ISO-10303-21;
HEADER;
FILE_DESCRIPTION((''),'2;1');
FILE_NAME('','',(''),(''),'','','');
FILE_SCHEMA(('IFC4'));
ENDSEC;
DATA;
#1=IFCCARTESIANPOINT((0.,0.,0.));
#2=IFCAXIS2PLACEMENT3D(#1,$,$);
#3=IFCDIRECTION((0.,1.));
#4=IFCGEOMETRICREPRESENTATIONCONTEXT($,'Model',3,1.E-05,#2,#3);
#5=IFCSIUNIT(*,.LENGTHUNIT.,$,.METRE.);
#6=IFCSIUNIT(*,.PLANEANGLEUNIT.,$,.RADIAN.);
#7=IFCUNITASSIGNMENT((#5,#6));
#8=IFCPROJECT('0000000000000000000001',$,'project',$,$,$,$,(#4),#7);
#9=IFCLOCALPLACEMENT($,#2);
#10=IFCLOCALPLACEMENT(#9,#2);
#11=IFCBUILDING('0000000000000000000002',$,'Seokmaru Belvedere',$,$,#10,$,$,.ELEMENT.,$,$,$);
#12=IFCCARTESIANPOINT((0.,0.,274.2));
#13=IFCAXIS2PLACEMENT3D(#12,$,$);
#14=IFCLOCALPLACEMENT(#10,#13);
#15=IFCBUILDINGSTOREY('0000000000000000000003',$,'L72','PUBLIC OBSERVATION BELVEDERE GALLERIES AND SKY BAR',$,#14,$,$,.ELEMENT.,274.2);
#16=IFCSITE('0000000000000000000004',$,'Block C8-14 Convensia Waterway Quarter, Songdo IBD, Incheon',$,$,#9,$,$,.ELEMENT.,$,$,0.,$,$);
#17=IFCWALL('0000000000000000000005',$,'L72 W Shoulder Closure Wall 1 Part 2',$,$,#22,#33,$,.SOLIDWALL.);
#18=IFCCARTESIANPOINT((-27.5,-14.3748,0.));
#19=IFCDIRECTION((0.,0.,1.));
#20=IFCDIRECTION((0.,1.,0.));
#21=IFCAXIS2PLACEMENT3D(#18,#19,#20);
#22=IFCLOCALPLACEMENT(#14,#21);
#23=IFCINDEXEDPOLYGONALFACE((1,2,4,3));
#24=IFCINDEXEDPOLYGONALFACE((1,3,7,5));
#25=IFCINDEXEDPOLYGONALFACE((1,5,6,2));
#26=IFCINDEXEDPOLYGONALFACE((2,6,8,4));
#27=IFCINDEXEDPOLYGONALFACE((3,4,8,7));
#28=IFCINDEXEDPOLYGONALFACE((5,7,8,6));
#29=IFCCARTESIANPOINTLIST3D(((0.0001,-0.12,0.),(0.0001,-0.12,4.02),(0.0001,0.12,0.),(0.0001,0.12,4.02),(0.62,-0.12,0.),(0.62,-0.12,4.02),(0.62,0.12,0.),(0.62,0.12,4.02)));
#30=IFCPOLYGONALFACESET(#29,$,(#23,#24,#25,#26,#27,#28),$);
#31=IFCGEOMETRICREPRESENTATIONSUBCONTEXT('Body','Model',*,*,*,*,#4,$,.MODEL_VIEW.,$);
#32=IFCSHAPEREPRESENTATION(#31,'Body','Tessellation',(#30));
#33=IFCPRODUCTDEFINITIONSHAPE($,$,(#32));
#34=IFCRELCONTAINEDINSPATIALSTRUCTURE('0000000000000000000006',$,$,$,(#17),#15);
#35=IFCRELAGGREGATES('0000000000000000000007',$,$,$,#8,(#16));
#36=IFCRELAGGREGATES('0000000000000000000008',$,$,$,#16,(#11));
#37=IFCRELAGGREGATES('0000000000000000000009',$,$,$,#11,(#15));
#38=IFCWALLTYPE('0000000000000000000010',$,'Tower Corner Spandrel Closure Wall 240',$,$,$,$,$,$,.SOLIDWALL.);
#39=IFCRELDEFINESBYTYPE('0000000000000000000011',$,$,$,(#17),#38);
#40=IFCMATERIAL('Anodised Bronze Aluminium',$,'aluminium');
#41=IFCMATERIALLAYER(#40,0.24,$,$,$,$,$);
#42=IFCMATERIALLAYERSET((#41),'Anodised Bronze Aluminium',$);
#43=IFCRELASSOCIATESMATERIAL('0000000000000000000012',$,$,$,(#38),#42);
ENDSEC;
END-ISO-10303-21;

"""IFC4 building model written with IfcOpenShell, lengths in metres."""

from ifc_helpers import new_model, si_unit, direction, frame, frame_2d, origin, place, context, subcontext, project, spatial, rectangle, extrude, material, layer, layer_set, type_object, element, save


model = new_model("IFC4")

# Units and contexts
model_context = context("Model", 3, precision=1e-05, world=origin(), true_north=direction((0.0, 1.0)))
body_context = subcontext(model_context, "Body", "Model", "MODEL_VIEW")
ifc_project = project(units=[si_unit("LENGTHUNIT", "METRE"), si_unit("PLANEANGLEUNIT", "RADIAN")], contexts=[model_context])

# Site, building, storey
site_placement = place(None, origin())
site = spatial("IfcSite", under=ifc_project, at=site_placement, Name="Block C8-14 Convensia Waterway Quarter, Songdo IBD, Incheon", CompositionType="ELEMENT", RefElevation=0.0)
building_placement = place(site_placement, origin())
building = spatial("IfcBuilding", under=site, at=building_placement, Name="Seokmaru Belvedere", CompositionType="ELEMENT")
storey_placement = place(building_placement, frame((0.0, 0.0, 274.2)))
storey = spatial("IfcBuildingStorey", under=building, at=storey_placement, Name="L72", Description="PUBLIC OBSERVATION BELVEDERE GALLERIES AND SKY BAR", CompositionType="ELEMENT", Elevation=274.2)

# Shared definitions
ifc_material_1 = material(Name="Anodised Bronze Aluminium", Category="aluminium")

# Wall
ifc_layer_1 = layer(ifc_material_1, 0.24)
ifc_layer_set_1 = layer_set([ifc_layer_1], Name="Anodised Bronze Aluminium")
wall_type_1 = type_object("IfcWallType", Name="Tower Corner Spandrel Closure Wall 240", PredefinedType="SOLIDWALL", material=ifc_layer_set_1)
wall_1_placement = place(storey_placement, frame((-27.5, -14.3748, 0.0), z_axis=(0.0, 0.0, 1.0), x_axis=(0.0, 1.0, 0.0)))
element("IfcWall", 1, at=wall_1_placement, inside=storey, type_object=wall_type_1, Name="L72 W Shoulder Closure Wall 1 Part 2", PredefinedType="SOLIDWALL", context=body_context, shape_type="SweptSolid", body=[
    extrude(rectangle(XDim=0.6199, YDim=0.24, at=frame_2d((0.3101, 0.0))), origin(), (0.0, 0.0, 1.0), 4.02),
])

save(model, "model.ifc")
